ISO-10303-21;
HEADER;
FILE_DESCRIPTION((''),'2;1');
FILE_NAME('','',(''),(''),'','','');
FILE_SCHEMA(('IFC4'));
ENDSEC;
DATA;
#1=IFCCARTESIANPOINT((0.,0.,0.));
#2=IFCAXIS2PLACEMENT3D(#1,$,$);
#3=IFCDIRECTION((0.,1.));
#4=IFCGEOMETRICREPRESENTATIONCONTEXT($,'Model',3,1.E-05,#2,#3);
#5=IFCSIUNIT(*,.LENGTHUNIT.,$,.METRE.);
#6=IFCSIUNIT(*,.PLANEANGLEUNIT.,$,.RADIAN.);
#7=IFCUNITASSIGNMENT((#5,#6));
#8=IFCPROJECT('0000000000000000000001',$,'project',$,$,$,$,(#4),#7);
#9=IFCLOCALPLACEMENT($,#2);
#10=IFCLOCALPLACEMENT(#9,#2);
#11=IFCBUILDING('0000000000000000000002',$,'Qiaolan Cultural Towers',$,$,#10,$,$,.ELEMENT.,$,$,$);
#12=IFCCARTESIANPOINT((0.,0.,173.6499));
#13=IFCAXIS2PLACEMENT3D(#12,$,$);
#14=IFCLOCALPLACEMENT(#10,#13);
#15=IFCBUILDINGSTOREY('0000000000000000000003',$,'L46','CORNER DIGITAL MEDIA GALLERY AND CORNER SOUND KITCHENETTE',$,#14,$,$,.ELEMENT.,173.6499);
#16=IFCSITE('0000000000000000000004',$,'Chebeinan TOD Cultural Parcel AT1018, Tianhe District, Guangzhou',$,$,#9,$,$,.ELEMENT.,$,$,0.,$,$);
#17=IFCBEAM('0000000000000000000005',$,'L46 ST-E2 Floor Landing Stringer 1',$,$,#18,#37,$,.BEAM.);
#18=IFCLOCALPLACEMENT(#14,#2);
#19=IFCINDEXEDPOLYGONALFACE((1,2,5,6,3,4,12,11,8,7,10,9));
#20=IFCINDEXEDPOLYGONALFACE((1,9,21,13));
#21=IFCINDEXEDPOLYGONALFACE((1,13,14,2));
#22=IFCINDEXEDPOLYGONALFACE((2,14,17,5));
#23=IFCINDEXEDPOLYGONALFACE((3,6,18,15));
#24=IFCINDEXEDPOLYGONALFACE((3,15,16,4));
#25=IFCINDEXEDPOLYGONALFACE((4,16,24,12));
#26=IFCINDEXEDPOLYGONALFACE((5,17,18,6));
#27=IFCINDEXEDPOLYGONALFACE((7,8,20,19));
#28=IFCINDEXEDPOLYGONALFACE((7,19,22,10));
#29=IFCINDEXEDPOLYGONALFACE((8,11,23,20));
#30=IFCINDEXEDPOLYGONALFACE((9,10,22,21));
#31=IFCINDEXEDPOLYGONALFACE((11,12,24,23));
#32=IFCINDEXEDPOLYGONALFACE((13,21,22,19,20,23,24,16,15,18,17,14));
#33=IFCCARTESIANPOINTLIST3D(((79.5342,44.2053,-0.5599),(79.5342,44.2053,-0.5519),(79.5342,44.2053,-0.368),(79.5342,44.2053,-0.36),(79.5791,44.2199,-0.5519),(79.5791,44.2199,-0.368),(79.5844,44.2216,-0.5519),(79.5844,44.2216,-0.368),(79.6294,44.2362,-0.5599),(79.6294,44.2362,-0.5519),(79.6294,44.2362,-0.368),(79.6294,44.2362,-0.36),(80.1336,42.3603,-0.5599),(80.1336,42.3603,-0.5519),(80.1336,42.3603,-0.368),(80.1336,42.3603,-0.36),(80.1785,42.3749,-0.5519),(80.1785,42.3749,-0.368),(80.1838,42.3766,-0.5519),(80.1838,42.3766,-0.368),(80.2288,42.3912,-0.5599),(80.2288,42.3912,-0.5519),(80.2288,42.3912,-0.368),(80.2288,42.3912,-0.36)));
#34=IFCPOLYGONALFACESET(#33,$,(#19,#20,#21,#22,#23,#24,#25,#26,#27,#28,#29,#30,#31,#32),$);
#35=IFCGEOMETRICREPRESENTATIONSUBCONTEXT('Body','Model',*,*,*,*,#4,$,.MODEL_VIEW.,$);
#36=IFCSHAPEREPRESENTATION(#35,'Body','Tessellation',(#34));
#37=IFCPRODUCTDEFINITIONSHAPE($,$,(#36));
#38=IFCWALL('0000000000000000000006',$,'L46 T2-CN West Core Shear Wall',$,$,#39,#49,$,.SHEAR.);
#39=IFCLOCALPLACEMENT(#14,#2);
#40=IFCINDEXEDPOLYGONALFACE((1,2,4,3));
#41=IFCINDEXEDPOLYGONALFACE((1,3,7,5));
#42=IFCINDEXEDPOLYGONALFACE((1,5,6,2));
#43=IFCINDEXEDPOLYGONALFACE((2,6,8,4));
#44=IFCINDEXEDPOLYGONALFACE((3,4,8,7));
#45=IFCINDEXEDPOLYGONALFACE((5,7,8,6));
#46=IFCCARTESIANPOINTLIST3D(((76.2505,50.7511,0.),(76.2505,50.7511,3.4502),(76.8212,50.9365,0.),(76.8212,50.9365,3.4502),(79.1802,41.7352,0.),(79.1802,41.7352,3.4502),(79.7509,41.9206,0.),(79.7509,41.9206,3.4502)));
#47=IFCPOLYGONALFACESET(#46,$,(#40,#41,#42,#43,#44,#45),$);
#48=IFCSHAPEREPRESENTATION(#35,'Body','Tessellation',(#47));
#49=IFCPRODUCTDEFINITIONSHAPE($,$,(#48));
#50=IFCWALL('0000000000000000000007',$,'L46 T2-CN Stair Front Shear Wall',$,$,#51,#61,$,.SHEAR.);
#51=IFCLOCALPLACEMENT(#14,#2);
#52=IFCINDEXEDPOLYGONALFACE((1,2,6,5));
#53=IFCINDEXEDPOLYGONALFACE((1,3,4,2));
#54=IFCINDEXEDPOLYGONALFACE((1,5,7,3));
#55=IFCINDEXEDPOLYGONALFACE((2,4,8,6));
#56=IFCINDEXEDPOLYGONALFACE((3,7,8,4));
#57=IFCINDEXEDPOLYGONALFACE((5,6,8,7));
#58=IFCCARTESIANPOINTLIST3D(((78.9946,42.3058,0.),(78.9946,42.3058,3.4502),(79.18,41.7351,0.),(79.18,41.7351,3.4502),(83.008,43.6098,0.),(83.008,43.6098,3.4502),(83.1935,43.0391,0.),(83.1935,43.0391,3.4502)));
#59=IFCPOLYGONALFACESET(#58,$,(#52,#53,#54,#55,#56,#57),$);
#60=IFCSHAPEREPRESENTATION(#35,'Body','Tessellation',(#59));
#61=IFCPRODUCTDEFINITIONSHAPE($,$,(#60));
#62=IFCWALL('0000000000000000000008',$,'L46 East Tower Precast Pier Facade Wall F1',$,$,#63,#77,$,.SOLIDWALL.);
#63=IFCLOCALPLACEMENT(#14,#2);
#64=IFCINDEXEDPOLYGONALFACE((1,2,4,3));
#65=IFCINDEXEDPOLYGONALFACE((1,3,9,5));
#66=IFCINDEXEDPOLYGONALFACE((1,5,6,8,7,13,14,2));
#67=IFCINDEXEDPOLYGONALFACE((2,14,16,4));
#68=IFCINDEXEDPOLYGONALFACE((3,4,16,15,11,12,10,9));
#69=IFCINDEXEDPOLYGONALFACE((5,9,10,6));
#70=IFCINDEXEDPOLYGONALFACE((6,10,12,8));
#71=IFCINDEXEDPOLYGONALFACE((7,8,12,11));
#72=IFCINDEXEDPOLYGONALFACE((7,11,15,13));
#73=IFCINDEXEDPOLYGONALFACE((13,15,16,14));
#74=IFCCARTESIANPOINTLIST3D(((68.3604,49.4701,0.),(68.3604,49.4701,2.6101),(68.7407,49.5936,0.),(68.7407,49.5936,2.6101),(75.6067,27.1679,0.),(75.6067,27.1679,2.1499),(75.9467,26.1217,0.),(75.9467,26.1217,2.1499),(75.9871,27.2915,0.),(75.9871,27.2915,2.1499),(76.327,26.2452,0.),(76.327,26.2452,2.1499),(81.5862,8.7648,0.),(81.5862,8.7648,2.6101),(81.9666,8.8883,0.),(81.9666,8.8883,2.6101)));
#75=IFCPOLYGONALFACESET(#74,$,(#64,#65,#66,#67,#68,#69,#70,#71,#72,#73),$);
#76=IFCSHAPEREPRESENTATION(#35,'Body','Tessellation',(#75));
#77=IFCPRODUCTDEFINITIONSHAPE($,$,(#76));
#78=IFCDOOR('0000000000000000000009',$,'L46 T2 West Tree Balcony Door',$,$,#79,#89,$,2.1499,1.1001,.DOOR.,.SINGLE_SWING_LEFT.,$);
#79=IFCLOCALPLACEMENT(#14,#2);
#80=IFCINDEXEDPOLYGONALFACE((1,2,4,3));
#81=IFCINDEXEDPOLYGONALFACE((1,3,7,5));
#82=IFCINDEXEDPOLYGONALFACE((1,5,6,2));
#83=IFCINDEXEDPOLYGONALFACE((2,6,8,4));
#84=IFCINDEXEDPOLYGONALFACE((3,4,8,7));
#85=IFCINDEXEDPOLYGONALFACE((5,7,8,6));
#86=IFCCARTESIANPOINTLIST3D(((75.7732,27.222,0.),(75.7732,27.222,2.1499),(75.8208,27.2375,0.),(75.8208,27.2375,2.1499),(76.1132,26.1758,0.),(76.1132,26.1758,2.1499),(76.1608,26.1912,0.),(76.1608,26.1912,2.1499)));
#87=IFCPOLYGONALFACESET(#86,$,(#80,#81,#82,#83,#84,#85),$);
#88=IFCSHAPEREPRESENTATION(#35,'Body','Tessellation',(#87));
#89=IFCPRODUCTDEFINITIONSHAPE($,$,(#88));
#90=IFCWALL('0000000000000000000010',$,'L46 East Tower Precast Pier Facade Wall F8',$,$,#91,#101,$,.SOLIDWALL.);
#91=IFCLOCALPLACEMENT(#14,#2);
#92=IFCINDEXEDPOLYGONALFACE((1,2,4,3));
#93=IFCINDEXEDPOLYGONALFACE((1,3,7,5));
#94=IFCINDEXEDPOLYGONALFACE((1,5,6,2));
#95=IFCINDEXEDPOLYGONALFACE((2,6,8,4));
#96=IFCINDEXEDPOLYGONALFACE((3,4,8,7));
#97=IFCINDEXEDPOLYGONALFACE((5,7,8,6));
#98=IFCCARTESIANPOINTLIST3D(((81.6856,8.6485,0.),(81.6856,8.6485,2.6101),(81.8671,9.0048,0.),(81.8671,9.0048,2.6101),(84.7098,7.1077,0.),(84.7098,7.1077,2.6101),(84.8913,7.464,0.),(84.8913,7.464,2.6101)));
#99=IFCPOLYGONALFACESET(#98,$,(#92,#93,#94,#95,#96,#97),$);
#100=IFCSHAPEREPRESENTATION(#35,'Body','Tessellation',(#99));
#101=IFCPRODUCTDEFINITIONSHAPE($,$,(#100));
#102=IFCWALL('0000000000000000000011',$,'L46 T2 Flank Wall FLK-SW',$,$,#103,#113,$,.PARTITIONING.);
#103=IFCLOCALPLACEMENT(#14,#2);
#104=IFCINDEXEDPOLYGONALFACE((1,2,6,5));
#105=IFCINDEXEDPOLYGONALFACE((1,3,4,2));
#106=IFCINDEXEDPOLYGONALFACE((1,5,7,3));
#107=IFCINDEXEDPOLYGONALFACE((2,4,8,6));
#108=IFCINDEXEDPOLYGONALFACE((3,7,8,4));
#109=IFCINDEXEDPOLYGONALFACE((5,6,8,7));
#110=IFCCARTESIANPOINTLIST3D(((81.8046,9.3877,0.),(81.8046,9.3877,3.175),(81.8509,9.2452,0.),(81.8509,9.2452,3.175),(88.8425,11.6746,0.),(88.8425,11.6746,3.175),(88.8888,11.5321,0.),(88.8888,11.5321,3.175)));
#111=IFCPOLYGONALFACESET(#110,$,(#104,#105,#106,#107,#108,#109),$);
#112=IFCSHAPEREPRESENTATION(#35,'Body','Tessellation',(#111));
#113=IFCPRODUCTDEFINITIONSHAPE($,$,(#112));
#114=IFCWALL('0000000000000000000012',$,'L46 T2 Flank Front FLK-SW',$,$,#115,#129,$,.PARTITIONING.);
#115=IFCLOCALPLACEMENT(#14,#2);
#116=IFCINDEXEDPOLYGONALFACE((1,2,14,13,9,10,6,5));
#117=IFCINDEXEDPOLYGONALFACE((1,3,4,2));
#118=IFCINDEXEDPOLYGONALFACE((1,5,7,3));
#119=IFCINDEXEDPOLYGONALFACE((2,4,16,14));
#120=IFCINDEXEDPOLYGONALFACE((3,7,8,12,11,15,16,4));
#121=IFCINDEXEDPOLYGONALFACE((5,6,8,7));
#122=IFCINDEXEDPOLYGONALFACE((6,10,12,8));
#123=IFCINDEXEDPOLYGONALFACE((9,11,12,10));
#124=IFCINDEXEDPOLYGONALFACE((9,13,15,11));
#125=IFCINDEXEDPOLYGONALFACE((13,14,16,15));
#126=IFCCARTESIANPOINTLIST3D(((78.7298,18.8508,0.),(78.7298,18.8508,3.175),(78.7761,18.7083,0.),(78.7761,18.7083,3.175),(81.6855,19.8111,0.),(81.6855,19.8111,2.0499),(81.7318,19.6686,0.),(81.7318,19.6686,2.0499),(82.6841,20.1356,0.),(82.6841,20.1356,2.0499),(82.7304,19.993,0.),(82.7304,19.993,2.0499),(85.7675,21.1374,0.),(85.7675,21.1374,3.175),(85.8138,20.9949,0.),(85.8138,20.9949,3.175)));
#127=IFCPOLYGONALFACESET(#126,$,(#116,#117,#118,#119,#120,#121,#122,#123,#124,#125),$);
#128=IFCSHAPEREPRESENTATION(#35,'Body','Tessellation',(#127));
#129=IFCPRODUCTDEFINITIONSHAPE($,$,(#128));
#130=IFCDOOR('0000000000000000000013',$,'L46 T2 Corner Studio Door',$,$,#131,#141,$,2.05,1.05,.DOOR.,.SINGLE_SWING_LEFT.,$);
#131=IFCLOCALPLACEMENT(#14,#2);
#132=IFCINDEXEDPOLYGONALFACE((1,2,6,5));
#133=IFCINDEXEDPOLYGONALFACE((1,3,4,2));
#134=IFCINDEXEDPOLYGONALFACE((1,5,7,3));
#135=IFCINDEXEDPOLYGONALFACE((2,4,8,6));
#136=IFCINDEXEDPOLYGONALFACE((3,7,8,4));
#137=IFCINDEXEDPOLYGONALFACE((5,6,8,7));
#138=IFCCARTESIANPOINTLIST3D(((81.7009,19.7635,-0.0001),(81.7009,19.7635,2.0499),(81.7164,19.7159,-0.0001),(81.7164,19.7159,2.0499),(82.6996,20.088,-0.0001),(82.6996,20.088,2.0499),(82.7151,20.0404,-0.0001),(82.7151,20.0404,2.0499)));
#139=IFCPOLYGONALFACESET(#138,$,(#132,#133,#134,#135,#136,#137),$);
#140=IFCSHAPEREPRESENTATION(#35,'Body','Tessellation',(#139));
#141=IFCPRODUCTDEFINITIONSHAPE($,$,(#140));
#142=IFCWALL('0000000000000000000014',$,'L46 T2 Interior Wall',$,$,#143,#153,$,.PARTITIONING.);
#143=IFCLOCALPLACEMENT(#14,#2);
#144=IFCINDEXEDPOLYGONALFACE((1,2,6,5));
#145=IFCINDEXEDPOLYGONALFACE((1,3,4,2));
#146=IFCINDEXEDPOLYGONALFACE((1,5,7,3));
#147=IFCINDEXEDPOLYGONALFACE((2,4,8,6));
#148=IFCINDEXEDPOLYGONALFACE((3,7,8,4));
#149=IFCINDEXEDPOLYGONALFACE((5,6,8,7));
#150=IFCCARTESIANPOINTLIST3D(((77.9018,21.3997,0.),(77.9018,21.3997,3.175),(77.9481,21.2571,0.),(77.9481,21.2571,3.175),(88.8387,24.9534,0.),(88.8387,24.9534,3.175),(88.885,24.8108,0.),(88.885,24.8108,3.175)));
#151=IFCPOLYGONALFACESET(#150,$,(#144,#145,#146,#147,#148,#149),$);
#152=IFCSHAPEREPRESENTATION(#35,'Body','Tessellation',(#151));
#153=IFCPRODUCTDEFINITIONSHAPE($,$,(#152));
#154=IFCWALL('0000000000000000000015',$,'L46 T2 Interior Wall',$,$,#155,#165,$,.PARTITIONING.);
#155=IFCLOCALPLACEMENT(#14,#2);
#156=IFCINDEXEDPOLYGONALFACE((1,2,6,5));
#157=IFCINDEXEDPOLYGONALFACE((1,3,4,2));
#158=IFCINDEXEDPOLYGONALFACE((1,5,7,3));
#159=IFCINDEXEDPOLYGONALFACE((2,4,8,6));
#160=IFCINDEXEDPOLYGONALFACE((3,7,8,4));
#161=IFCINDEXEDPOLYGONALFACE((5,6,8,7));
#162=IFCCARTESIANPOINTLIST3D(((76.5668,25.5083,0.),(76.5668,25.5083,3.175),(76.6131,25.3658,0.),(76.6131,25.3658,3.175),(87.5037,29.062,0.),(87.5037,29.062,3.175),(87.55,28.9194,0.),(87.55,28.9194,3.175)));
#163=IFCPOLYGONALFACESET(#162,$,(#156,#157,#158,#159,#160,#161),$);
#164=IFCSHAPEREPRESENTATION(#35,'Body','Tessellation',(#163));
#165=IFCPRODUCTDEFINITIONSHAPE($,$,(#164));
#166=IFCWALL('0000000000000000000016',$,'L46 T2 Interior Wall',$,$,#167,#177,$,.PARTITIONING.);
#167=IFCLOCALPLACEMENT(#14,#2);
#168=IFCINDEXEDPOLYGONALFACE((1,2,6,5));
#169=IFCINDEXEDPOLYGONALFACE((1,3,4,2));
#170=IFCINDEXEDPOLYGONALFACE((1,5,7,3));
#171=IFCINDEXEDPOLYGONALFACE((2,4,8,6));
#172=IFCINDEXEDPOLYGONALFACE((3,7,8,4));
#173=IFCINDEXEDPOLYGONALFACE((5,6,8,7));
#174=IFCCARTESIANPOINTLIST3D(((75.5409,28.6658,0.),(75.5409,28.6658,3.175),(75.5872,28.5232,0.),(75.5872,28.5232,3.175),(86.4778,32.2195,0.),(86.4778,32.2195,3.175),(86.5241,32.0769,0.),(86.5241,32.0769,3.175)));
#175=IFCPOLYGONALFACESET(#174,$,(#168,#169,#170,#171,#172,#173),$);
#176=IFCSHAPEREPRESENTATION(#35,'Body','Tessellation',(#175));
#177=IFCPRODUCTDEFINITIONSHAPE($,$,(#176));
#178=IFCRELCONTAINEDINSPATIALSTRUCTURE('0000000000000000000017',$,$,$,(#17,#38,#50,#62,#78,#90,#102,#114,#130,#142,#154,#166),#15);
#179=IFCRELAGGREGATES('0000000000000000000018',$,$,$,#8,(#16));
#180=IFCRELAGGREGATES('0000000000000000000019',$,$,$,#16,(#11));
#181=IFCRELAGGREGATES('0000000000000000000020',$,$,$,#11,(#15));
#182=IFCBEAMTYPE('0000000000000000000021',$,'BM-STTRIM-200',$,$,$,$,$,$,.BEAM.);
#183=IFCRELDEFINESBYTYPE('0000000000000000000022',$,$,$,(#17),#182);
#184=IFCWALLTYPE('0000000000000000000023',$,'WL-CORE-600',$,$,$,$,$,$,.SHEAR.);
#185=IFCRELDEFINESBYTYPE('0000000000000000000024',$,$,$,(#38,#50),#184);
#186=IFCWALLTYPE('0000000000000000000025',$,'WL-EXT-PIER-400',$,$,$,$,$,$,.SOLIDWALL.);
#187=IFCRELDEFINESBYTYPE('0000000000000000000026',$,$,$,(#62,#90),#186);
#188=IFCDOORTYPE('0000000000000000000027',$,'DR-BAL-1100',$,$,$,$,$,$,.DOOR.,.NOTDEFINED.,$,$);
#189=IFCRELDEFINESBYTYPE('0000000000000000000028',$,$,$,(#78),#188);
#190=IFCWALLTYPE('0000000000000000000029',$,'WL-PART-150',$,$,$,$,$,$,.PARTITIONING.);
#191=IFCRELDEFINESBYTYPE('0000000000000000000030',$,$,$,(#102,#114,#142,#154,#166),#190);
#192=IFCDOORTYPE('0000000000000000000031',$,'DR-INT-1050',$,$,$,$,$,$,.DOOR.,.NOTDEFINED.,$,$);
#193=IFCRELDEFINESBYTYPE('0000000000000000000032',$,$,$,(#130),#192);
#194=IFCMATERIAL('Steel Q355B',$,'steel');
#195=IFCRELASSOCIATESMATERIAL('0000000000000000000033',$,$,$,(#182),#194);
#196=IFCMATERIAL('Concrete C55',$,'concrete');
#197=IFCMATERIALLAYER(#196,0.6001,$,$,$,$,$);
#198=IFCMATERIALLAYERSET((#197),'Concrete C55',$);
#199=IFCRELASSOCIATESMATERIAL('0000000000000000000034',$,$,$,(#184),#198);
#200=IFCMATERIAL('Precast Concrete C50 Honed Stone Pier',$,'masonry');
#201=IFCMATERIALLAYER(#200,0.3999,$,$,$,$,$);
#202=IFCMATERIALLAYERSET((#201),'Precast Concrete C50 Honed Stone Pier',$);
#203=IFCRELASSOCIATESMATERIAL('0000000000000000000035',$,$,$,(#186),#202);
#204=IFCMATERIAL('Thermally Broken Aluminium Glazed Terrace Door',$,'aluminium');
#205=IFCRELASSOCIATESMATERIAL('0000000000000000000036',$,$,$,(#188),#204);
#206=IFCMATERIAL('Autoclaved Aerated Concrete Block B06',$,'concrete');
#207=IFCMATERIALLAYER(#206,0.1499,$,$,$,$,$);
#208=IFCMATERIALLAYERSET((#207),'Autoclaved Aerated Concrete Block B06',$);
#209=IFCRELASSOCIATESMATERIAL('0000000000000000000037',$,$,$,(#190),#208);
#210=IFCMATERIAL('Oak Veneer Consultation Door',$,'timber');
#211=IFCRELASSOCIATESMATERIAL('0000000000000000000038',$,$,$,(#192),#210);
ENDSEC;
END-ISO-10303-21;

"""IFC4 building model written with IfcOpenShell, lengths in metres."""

from ifc_helpers import new_model, si_unit, direction, frame, frame_2d, origin, origin_2d, place, context, subcontext, project, spatial, rectangle, i_section, extrude, material, layer, layer_set, material_profile, profile_set, type_object, element, fill, save


model = new_model("IFC4")

# Units and contexts
model_context = context("Model", 3, precision=1e-05, world=origin(), true_north=direction((0.0, 1.0)))
body_context = subcontext(model_context, "Body", "Model", "MODEL_VIEW")
ifc_project = project(units=[si_unit("LENGTHUNIT", "METRE"), si_unit("PLANEANGLEUNIT", "RADIAN")], contexts=[model_context])

# Site, building, storey
site_placement = place(None, origin())
site = spatial("IfcSite", under=ifc_project, at=site_placement, Name="Chebeinan TOD Cultural Parcel AT1018, Tianhe District, Guangzhou", CompositionType="ELEMENT", RefElevation=0.0)
building_placement = place(site_placement, origin())
building = spatial("IfcBuilding", under=site, at=building_placement, Name="Qiaolan Cultural Towers", CompositionType="ELEMENT")
storey_placement = place(building_placement, frame((0.0, 0.0, 173.6499)))
storey = spatial("IfcBuildingStorey", under=building, at=storey_placement, Name="L46", Description="CORNER DIGITAL MEDIA GALLERY AND CORNER SOUND KITCHENETTE", CompositionType="ELEMENT", Elevation=173.6499)

# Beam
ifc_material_1 = material(Name="Steel Q355B", Category="steel")
ifc_material_profile_1 = material_profile(ifc_material_1, i_section(OverallWidth=0.1001, OverallDepth=0.2, WebThickness=0.0056, FlangeThickness=0.0081, at=origin_2d()), Name="HN200x100x5.5x8")
ifc_profile_set_1 = profile_set([ifc_material_profile_1], Name="Steel Q355B")
beam_type_1 = type_object("IfcBeamType", Name="BM-STTRIM-200", PredefinedType="BEAM", material=ifc_profile_set_1)
beam_1_placement = place(storey_placement, frame((80.1812, 42.3757, -0.46), z_axis=(-0.308969, 0.951072, 0.0), x_axis=(-0.951072, -0.308969, 0.0)))
element("IfcBeam", 1, at=beam_1_placement, inside=storey, type_object=beam_type_1, Name="L46 ST-E2 Floor Landing Stringer 1", PredefinedType="BEAM", context=body_context, shape_type="SweptSolid", body=[
    extrude(i_section(OverallWidth=0.1001, OverallDepth=0.2, WebThickness=0.0056, FlangeThickness=0.0081, at=origin_2d()), origin(), (0.0, 0.0, 1.0), 1.9399),
])

# Walls
ifc_material_2 = material(Name="Concrete C55", Category="concrete")
ifc_layer_1 = layer(ifc_material_2, 0.6001)
ifc_layer_set_1 = layer_set([ifc_layer_1], Name="Concrete C55")
wall_type_1 = type_object("IfcWallType", Name="WL-CORE-600", PredefinedType="SHEAR", material=ifc_layer_set_1)
wall_1_placement = place(storey_placement, frame((79.4656, 41.8279, 0.0), z_axis=(0.0, 0.0, 1.0), x_axis=(-0.309041, 0.951049, 0.0)))
element("IfcWall", 2, at=wall_1_placement, inside=storey, type_object=wall_type_1, Name="L46 T2-CN West Core Shear Wall", PredefinedType="SHEAR", context=body_context, shape_type="SweptSolid", body=[
    extrude(rectangle(XDim=9.48, YDim=0.6001, at=frame_2d((4.74, 0.0))), origin(), (0.0, 0.0, 1.0), 3.4502),
])
wall_2_placement = place(storey_placement, frame((79.0874, 42.0205, 0.0), z_axis=(0.0, 0.0, 1.0), x_axis=(0.951063, 0.308998, 0.0)))
element("IfcWall", 3, at=wall_2_placement, inside=storey, type_object=wall_type_1, Name="L46 T2-CN Stair Front Shear Wall", PredefinedType="SHEAR", context=body_context, shape_type="SweptSolid", body=[
    extrude(rectangle(XDim=4.22, YDim=0.6001, at=frame_2d((2.1099, 0.0))), origin(), (0.0, 0.0, 1.0), 3.4502),
])

# Wall, opening, door
ifc_material_3 = material(Name="Precast Concrete C50 Honed Stone Pier", Category="masonry")
ifc_layer_2 = layer(ifc_material_3, 0.3999)
ifc_layer_set_2 = layer_set([ifc_layer_2], Name="Precast Concrete C50 Honed Stone Pier")
wall_type_2 = type_object("IfcWallType", Name="WL-EXT-PIER-400", PredefinedType="SOLIDWALL", material=ifc_layer_set_2)
wall_3_placement = place(storey_placement, frame((81.7764, 8.8267, 0.0), z_axis=(0.0, 0.0, 1.0), x_axis=(-0.309014, 0.951057, 0.0)))
wall_3 = element("IfcWall", 4, at=wall_3_placement, inside=storey, type_object=wall_type_2, Name="L46 East Tower Precast Pier Facade Wall F1", PredefinedType="SOLIDWALL", context=body_context, shape_type="SweptSolid", body=[
    extrude(rectangle(XDim=42.8, YDim=0.3999, at=frame_2d((21.3999, 0.0))), origin(), (0.0, 0.0, 1.0), 2.6101),
])
opening_1_placement = place(wall_3_placement, frame((18.25, 0.0, 0.0)))
opening_1 = element("IfcOpeningElement", 5, at=opening_1_placement, cuts=wall_3, PredefinedType="OPENING", context=body_context, shape_type="SweptSolid", body=[
    extrude(rectangle(XDim=1.1001, YDim=2.1499, at=frame_2d((0.55, 1.075))), frame((0.0, 0.21, 0.0), z_axis=(0.0, -1.0, 0.0), x_axis=(1.0, 0.0, 0.0)), (0.0, 0.0, 1.0), 0.4199),
])
ifc_material_4 = material(Name="Thermally Broken Aluminium Glazed Terrace Door", Category="aluminium")
door_type_1 = type_object("IfcDoorType", Name="DR-BAL-1100", OperationType="NOTDEFINED", PredefinedType="DOOR", material=ifc_material_4)
door_1_placement = place(opening_1_placement, origin())
door_1 = element("IfcDoor", 6, at=door_1_placement, inside=storey, type_object=door_type_1, Name="L46 T2 West Tree Balcony Door", OperationType="SINGLE_SWING_LEFT", OverallHeight=2.1499, OverallWidth=1.1001, PredefinedType="DOOR", context=body_context, shape_type="SweptSolid", body=[
    extrude(rectangle(XDim=1.1001, YDim=2.1499, at=frame_2d((0.55, 1.075))), frame((0.0, 0.0249, 0.0), z_axis=(0.0, -1.0, 0.0), x_axis=(1.0, 0.0, 0.0)), (0.0, 0.0, 1.0), 0.05),
])
fill(opening_1, door_1)

# Walls
wall_4_placement = place(storey_placement, frame((84.8005, 7.2859, 0.0), z_axis=(0.0, 0.0, 1.0), x_axis=(-0.891021, 0.453962, 0.0)))
element("IfcWall", 7, at=wall_4_placement, inside=storey, type_object=wall_type_2, Name="L46 East Tower Precast Pier Facade Wall F8", PredefinedType="SOLIDWALL", context=body_context, shape_type="SweptSolid", body=[
    extrude(rectangle(XDim=3.394, YDim=0.3999, at=frame_2d((1.697, 0.0))), origin(), (0.0, 0.0, 1.0), 2.6101),
])
ifc_material_5 = material(Name="Autoclaved Aerated Concrete Block B06", Category="concrete")
ifc_layer_3 = layer(ifc_material_5, 0.1499)
ifc_layer_set_3 = layer_set([ifc_layer_3], Name="Autoclaved Aerated Concrete Block B06")
wall_type_3 = type_object("IfcWallType", Name="WL-PART-150", PredefinedType="PARTITIONING", material=ifc_layer_set_3)
wall_5_placement = place(storey_placement, frame((81.8276, 9.3164, 0.0), z_axis=(0.0, 0.0, 1.0), x_axis=(0.951051, 0.309033, 0.0)))
element("IfcWall", 8, at=wall_5_placement, inside=storey, type_object=wall_type_3, Name="L46 T2 Flank Wall FLK-SW", PredefinedType="PARTITIONING", context=body_context, shape_type="SweptSolid", body=[
    extrude(rectangle(XDim=7.4001, YDim=0.1499, at=frame_2d((3.7002, 0.0))), origin(), (0.0, 0.0, 1.0), 3.175),
])

# Wall, opening, door
wall_6_placement = place(storey_placement, frame((78.7529, 18.7795, 0.0), z_axis=(0.0, 0.0, 1.0), x_axis=(0.951061, 0.309003, 0.0)))
wall_6 = element("IfcWall", 9, at=wall_6_placement, inside=storey, type_object=wall_type_3, Name="L46 T2 Flank Front FLK-SW", PredefinedType="PARTITIONING", context=body_context, shape_type="SweptSolid", body=[
    extrude(rectangle(XDim=7.3999, YDim=0.1499, at=frame_2d((3.7, 0.0))), origin(), (0.0, 0.0, 1.0), 3.175),
])
opening_2_placement = place(wall_6_placement, frame((3.1079, 0.0, 0.0)))
opening_2 = element("IfcOpeningElement", 10, at=opening_2_placement, cuts=wall_6, PredefinedType="OPENING", context=body_context, shape_type="SweptSolid", body=[
    extrude(rectangle(XDim=1.05, YDim=2.05, at=frame_2d((0.5249, 1.0249))), frame((0.0, 0.085, 0.0), z_axis=(0.0, -1.0, 0.0), x_axis=(1.0, 0.0, 0.0)), (0.0, 0.0, 1.0), 0.1699),
])
ifc_material_6 = material(Name="Oak Veneer Consultation Door", Category="timber")
door_type_2 = type_object("IfcDoorType", Name="DR-INT-1050", OperationType="NOTDEFINED", PredefinedType="DOOR", material=ifc_material_6)
door_2_placement = place(opening_2_placement, origin())
door_2 = element("IfcDoor", 11, at=door_2_placement, inside=storey, type_object=door_type_2, Name="L46 T2 Corner Studio Door", OperationType="SINGLE_SWING_LEFT", OverallHeight=2.05, OverallWidth=1.05, PredefinedType="DOOR", context=body_context, shape_type="SweptSolid", body=[
    extrude(rectangle(XDim=1.05, YDim=2.05, at=frame_2d((0.5249, 1.0249))), frame((0.0, 0.0249, 0.0), z_axis=(0.0, -1.0, 0.0), x_axis=(1.0, 0.0, 0.0)), (0.0, 0.0, 1.0), 0.05),
])
fill(opening_2, door_2)

# Walls
for number, where, z_axis, x_axis, name in (
    (12, (77.9248, 21.3284, 0.0), (0.0, 0.0, 1.0), (0.951055, 0.309022, 0.0), "L46 T2 Interior Wall"),
    (13, (76.5898, 25.437, 0.0), (0.0, 0.0, 1.0), (0.951055, 0.309022, 0.0), "L46 T2 Interior Wall"),
    (14, (75.564, 28.5945, 0.0), (0.0, 0.0, 1.0), (0.951055, 0.309022, 0.0), "L46 T2 Interior Wall"),
):
    element("IfcWall", number, at=place(storey_placement, frame(where, z_axis=z_axis, x_axis=x_axis)), inside=storey, type_object=wall_type_3, Name=name, PredefinedType="PARTITIONING", context=body_context, shape_type="SweptSolid", body=[
        extrude(rectangle(XDim=11.4998, YDim=0.1499, at=frame_2d((5.75, 0.0))), origin(), (0.0, 0.0, 1.0), 3.175),
    ])

save(model, "model.ifc")
